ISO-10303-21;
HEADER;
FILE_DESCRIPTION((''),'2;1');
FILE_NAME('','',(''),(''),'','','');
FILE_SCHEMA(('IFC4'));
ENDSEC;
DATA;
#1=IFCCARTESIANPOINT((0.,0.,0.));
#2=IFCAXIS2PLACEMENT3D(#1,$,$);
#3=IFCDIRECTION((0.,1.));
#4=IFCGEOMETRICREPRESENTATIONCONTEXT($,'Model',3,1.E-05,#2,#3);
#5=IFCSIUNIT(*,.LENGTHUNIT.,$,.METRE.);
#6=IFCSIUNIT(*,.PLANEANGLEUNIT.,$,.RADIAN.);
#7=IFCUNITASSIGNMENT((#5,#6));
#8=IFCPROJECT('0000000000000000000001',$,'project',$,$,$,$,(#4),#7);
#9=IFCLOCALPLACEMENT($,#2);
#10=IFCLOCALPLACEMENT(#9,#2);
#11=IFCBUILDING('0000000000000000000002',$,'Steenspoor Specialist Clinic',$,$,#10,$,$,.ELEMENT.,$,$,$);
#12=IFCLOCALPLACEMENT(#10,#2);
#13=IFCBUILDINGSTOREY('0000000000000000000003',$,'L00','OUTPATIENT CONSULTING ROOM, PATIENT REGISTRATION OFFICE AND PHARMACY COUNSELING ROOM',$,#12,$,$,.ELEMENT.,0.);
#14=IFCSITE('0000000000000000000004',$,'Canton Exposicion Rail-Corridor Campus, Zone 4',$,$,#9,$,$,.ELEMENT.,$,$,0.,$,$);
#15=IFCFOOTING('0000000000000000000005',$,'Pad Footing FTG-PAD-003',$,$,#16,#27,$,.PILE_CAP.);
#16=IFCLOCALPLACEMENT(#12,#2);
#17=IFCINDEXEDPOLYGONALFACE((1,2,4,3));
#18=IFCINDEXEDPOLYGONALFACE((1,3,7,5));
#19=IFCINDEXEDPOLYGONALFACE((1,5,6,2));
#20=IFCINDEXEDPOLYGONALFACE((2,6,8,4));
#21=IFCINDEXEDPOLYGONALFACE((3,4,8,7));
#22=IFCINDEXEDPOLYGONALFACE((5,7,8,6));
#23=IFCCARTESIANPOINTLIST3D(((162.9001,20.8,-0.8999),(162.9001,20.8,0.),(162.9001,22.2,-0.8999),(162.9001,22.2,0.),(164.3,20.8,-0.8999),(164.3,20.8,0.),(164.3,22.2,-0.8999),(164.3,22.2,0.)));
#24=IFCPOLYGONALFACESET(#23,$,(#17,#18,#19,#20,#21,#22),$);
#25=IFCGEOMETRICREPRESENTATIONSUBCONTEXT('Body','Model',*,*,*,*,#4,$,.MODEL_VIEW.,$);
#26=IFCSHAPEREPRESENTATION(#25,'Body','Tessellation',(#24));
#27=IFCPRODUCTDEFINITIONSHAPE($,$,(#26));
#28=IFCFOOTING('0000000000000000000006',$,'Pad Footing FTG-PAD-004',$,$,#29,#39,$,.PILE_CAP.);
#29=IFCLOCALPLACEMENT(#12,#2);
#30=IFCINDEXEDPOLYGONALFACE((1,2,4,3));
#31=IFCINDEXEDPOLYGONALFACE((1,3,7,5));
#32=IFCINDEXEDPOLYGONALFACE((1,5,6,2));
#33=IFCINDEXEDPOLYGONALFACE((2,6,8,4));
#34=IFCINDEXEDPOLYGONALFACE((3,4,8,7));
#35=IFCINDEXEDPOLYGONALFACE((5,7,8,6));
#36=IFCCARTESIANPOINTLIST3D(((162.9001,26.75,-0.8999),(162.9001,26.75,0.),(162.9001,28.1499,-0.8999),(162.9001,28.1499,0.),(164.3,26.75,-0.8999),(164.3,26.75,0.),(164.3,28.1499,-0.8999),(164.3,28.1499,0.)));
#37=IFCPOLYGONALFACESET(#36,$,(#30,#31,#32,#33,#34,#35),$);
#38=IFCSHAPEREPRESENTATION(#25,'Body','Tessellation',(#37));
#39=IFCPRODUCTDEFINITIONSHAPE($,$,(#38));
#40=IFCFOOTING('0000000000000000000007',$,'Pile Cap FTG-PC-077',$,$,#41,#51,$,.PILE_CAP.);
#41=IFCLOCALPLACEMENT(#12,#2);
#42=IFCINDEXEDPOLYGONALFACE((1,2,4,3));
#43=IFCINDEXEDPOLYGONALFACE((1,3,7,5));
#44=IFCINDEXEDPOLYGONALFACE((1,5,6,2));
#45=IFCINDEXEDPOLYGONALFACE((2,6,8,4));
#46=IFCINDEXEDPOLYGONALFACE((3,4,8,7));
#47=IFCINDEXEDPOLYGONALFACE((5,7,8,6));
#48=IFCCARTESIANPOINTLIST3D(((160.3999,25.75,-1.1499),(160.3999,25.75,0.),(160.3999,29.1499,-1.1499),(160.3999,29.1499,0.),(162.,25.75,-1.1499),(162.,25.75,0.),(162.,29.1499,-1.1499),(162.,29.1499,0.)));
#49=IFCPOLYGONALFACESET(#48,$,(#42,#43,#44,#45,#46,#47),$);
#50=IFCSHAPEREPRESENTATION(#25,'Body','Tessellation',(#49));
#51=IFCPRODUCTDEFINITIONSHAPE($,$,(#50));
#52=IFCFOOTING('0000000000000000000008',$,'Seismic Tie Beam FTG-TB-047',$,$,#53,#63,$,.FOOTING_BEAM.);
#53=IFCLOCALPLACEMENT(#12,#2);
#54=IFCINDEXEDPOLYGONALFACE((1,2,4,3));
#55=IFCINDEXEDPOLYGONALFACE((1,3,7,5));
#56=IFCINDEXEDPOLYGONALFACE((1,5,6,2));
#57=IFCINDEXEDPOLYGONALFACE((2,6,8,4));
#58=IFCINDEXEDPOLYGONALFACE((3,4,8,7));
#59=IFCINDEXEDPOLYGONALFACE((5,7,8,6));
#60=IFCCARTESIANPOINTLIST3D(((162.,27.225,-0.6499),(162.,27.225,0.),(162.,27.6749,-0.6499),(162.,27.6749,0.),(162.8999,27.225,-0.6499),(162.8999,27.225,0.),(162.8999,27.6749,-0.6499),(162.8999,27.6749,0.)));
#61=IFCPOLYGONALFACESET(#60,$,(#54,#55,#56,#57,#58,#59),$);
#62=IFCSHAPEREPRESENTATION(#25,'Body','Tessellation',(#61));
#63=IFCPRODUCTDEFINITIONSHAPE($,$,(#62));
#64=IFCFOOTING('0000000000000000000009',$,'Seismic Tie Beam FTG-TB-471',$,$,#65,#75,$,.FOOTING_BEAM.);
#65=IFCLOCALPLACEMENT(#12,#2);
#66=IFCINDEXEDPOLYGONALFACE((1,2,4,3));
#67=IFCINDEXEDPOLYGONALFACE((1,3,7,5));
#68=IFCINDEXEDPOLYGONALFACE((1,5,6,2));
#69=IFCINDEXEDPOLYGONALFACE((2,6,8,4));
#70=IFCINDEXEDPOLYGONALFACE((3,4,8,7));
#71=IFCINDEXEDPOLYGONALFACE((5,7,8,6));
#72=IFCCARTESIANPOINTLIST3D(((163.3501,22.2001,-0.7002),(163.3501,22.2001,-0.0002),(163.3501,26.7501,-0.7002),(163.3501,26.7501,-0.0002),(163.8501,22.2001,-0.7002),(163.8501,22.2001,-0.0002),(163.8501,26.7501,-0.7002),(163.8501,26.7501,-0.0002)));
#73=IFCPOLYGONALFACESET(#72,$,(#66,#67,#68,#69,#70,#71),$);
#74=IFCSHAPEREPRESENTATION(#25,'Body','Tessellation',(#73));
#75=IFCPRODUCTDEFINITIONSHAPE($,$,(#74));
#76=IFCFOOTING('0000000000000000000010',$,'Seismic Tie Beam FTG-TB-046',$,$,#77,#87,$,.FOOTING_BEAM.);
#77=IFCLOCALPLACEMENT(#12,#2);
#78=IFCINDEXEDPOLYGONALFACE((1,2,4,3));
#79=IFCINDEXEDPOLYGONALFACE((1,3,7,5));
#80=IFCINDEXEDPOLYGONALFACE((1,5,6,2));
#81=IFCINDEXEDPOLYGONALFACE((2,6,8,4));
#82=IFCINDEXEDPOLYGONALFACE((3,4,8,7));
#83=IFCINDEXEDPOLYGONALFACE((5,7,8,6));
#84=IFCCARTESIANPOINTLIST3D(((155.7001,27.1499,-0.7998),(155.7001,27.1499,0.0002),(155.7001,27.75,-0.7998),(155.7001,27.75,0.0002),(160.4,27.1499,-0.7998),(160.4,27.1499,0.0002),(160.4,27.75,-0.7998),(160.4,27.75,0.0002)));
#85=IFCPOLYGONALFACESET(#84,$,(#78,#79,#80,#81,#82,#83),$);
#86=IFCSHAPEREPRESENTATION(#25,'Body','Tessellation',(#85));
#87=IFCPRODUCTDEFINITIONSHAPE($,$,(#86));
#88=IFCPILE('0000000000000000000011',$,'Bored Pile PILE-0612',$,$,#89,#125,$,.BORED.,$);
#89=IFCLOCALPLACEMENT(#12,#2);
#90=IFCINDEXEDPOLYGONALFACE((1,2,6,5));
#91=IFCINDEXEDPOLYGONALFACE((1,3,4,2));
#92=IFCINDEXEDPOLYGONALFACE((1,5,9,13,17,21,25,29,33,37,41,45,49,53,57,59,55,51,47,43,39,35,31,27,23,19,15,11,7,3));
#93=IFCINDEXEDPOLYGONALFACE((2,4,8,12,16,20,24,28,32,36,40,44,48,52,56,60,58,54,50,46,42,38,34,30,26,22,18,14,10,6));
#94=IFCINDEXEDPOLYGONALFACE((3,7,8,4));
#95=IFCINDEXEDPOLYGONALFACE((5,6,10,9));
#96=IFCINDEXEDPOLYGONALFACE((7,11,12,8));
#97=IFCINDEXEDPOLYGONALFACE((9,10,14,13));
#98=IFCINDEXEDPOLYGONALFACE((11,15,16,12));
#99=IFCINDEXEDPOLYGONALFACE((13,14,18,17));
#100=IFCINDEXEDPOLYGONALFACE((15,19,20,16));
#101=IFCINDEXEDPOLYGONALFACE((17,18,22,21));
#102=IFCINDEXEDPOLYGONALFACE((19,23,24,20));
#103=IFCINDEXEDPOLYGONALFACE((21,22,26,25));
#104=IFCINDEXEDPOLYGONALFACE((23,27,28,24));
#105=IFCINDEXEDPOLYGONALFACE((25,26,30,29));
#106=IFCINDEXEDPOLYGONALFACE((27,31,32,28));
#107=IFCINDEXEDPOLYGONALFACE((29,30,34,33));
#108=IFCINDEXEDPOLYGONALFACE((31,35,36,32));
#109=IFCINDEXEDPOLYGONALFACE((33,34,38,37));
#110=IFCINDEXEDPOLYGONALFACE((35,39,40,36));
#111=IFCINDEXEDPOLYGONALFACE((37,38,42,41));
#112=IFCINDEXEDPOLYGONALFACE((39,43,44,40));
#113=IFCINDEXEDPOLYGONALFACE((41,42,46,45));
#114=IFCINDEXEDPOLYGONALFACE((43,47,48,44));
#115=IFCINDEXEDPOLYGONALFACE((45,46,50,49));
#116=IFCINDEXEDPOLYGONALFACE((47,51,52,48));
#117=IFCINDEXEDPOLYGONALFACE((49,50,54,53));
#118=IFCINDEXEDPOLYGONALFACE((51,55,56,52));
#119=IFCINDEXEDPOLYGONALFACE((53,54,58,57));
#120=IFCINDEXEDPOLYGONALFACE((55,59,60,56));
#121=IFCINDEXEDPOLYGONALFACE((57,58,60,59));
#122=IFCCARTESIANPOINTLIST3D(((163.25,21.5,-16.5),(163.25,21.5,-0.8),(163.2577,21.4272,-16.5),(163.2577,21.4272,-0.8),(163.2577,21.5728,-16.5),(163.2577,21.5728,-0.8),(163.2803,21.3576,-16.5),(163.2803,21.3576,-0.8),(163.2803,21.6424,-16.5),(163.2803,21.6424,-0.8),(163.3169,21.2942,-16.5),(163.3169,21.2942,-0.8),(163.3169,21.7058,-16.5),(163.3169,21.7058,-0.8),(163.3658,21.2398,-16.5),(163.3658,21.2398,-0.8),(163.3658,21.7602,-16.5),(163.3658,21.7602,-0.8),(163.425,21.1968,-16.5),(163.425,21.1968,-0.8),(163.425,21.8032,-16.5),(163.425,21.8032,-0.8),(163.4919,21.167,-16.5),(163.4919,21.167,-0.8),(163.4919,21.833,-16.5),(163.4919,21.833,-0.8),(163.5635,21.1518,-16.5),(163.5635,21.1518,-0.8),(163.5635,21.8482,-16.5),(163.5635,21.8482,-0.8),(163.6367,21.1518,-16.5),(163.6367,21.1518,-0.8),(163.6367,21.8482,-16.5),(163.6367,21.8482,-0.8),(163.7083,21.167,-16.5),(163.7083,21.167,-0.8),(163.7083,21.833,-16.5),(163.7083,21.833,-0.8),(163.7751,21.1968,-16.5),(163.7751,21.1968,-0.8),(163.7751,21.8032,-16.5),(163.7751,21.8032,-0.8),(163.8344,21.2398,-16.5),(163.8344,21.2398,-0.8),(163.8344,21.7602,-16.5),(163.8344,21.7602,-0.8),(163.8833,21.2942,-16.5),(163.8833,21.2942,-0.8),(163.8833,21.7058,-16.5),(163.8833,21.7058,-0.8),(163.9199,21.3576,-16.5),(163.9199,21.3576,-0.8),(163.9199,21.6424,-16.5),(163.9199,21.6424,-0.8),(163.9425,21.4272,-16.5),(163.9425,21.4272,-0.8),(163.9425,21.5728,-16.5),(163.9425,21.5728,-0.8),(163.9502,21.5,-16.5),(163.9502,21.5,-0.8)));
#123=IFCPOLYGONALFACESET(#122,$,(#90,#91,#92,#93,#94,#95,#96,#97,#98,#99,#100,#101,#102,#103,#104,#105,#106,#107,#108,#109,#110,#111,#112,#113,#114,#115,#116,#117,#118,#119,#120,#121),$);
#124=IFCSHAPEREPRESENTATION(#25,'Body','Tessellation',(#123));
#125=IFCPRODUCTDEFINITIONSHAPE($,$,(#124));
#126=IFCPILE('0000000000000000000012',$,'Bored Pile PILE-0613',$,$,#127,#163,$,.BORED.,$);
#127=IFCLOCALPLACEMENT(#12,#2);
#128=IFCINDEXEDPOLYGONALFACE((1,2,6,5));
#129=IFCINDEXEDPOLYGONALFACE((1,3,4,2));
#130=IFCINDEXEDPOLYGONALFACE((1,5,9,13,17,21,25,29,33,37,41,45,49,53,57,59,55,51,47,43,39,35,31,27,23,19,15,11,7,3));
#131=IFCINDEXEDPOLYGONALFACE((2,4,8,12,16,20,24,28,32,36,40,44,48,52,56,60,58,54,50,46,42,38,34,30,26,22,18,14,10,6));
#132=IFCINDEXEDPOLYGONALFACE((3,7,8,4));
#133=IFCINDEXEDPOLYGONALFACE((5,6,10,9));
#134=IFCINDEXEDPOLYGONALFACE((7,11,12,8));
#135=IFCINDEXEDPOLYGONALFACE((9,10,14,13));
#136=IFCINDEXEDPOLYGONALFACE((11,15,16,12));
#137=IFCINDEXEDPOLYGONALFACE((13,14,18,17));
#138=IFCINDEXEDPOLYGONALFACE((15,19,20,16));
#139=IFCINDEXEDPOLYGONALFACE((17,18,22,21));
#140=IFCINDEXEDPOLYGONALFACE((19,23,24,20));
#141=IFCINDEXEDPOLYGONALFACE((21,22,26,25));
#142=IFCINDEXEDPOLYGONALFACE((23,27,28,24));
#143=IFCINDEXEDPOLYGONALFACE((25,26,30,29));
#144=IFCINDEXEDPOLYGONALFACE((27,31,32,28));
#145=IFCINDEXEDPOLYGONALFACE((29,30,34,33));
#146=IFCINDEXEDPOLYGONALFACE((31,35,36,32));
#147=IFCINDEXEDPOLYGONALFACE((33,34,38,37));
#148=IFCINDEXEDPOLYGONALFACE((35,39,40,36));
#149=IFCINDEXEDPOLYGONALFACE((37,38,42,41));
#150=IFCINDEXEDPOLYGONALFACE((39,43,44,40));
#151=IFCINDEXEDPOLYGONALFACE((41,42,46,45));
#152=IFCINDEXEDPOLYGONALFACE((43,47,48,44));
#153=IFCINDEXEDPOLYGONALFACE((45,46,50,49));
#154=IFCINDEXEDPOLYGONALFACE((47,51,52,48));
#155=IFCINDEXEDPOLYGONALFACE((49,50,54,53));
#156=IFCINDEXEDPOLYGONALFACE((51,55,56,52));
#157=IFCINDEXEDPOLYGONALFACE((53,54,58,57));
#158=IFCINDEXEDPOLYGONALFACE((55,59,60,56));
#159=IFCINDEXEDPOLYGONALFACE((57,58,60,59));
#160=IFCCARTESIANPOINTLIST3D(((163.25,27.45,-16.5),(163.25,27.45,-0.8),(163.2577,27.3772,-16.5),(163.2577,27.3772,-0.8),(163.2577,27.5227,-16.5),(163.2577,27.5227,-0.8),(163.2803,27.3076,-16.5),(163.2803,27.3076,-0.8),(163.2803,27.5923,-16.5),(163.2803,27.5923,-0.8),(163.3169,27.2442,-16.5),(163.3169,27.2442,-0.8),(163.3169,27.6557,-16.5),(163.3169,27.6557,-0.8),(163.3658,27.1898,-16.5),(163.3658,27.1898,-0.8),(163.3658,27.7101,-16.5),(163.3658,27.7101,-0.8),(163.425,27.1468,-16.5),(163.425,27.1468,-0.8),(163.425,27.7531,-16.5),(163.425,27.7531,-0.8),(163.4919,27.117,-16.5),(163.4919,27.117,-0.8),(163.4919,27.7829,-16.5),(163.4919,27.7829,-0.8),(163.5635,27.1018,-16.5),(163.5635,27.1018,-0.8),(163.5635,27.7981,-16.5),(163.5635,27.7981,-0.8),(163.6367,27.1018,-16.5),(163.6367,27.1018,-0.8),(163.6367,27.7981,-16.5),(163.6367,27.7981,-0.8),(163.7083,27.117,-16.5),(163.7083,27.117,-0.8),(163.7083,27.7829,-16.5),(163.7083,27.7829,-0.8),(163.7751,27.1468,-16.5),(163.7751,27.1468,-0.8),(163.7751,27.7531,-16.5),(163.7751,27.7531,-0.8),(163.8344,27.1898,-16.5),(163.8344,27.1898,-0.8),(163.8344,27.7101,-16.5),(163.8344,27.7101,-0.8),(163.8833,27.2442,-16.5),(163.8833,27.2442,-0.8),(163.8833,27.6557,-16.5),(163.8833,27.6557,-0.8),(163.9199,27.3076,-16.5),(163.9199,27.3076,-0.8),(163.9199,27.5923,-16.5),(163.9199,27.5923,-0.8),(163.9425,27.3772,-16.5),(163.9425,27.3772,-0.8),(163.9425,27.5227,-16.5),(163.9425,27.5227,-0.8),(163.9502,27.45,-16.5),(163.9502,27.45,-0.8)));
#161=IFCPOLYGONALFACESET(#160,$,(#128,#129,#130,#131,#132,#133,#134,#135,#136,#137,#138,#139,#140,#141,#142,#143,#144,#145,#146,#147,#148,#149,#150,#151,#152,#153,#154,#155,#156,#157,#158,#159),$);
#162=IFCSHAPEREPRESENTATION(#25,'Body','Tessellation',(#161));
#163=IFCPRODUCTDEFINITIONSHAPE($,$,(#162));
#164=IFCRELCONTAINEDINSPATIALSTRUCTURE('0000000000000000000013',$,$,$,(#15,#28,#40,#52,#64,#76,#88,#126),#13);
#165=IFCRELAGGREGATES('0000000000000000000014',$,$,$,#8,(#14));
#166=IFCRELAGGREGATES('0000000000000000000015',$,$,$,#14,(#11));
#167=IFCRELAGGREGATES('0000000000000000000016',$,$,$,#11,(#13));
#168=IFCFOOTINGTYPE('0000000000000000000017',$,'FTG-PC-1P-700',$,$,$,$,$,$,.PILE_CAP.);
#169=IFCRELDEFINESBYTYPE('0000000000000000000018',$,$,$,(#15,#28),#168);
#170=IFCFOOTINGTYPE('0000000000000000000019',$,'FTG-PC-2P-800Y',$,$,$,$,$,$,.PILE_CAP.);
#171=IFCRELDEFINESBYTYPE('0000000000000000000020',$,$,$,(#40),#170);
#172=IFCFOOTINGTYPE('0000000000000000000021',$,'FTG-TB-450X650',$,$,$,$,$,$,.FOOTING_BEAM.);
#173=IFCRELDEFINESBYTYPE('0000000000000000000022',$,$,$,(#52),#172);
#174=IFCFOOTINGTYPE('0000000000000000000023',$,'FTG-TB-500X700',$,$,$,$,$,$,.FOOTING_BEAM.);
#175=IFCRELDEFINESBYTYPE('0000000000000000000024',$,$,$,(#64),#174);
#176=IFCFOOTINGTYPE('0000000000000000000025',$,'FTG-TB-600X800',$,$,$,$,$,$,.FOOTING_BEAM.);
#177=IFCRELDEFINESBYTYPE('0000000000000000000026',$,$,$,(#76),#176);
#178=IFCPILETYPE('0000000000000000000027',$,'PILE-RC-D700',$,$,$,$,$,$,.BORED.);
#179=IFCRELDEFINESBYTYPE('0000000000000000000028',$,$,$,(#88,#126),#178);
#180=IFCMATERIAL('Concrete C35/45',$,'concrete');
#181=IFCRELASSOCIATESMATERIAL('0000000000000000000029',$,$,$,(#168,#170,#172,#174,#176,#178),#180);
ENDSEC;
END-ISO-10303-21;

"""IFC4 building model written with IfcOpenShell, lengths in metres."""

from ifc_helpers import new_model, si_unit, direction, frame, origin, origin_2d, place, context, subcontext, project, spatial, rectangle, circle, extrude, material, material_profile, profile_set, type_object, element, save


model = new_model("IFC4")

# Units and contexts
model_context = context("Model", 3, precision=1e-05, world=origin(), true_north=direction((0.0, 1.0)))
body_context = subcontext(model_context, "Body", "Model", "MODEL_VIEW")
ifc_project = project(units=[si_unit("LENGTHUNIT", "METRE"), si_unit("PLANEANGLEUNIT", "RADIAN")], contexts=[model_context])

# Site, building, storey
site_placement = place(None, origin())
site = spatial("IfcSite", under=ifc_project, at=site_placement, Name="Canton Exposicion Rail-Corridor Campus, Zone 4", CompositionType="ELEMENT", RefElevation=0.0)
building_placement = place(site_placement, origin())
building = spatial("IfcBuilding", under=site, at=building_placement, Name="Steenspoor Specialist Clinic", CompositionType="ELEMENT")
storey_placement = place(building_placement, origin())
storey = spatial("IfcBuildingStorey", under=building, at=storey_placement, Name="L00", Description="OUTPATIENT CONSULTING ROOM, PATIENT REGISTRATION OFFICE AND PHARMACY COUNSELING ROOM", CompositionType="ELEMENT", Elevation=0.0)

# Footings
ifc_material_1 = material(Name="Concrete C35/45", Category="concrete")
footing_type_1 = type_object("IfcFootingType", Name="FTG-PC-1P-700", PredefinedType="PILE_CAP", material=ifc_material_1)
for number, where, z_axis, x_axis, name in (
    (1, (163.6001, 21.5, -0.8999), (0.0, 0.0, 1.0), (1.0, 0.0, 0.0), "Pad Footing FTG-PAD-003"),
    (2, (163.6001, 27.45, -0.8999), (0.0, 0.0, 1.0), (1.0, 0.0, 0.0), "Pad Footing FTG-PAD-004"),
):
    element("IfcFooting", number, at=place(storey_placement, frame(where, z_axis=z_axis, x_axis=x_axis)), inside=storey, type_object=footing_type_1, Name=name, PredefinedType="PILE_CAP", context=body_context, shape_type="SweptSolid", body=[
        extrude(rectangle(XDim=1.3999, YDim=1.3999, at=origin_2d()), origin(), (0.0, 0.0, 1.0), 0.8999),
    ])
footing_type_2 = type_object("IfcFootingType", Name="FTG-PC-2P-800Y", PredefinedType="PILE_CAP", material=ifc_material_1)
footing_1_placement = place(storey_placement, frame((161.2, 27.45, -1.1499), z_axis=(0.0, 0.0, 1.0), x_axis=(1.0, 0.0, 0.0)))
element("IfcFooting", 3, at=footing_1_placement, inside=storey, type_object=footing_type_2, Name="Pile Cap FTG-PC-077", PredefinedType="PILE_CAP", context=body_context, shape_type="SweptSolid", body=[
    extrude(rectangle(XDim=1.6001, YDim=3.3999, at=origin_2d()), origin(), (0.0, 0.0, 1.0), 1.1499),
])
footing_type_3 = type_object("IfcFootingType", Name="FTG-TB-450X650", PredefinedType="FOOTING_BEAM", material=ifc_material_1)
footing_2_placement = place(storey_placement, frame((162.45, 27.45, -0.6499), z_axis=(0.0, 0.0, 1.0), x_axis=(1.0, 0.0, 0.0)))
element("IfcFooting", 4, at=footing_2_placement, inside=storey, type_object=footing_type_3, Name="Seismic Tie Beam FTG-TB-047", PredefinedType="FOOTING_BEAM", context=body_context, shape_type="SweptSolid", body=[
    extrude(rectangle(XDim=0.8999, YDim=0.45, at=origin_2d()), origin(), (0.0, 0.0, 1.0), 0.6499),
])
footing_type_4 = type_object("IfcFootingType", Name="FTG-TB-500X700", PredefinedType="FOOTING_BEAM", material=ifc_material_1)
footing_3_placement = place(storey_placement, frame((163.6001, 24.4751, -0.7002), z_axis=(0.0, 0.0, 1.0), x_axis=(1.0, 0.0, 0.0)))
element("IfcFooting", 5, at=footing_3_placement, inside=storey, type_object=footing_type_4, Name="Seismic Tie Beam FTG-TB-471", PredefinedType="FOOTING_BEAM", context=body_context, shape_type="SweptSolid", body=[
    extrude(rectangle(XDim=0.5, YDim=4.55, at=origin_2d()), origin(), (0.0, 0.0, 1.0), 0.7),
])
footing_type_5 = type_object("IfcFootingType", Name="FTG-TB-600X800", PredefinedType="FOOTING_BEAM", material=ifc_material_1)
footing_4_placement = place(storey_placement, frame((158.05, 27.45, -0.7998), z_axis=(0.0, 0.0, 1.0), x_axis=(1.0, 0.0, 0.0)))
element("IfcFooting", 6, at=footing_4_placement, inside=storey, type_object=footing_type_5, Name="Seismic Tie Beam FTG-TB-046", PredefinedType="FOOTING_BEAM", context=body_context, shape_type="SweptSolid", body=[
    extrude(rectangle(XDim=4.7, YDim=0.6001, at=origin_2d()), origin(), (0.0, 0.0, 1.0), 0.8),
])

# Piles
ifc_material_profile_1 = material_profile(ifc_material_1, circle(Radius=0.3501, at=origin_2d()), Name="PILE-D700")
ifc_profile_set_1 = profile_set([ifc_material_profile_1], Name="Concrete C35/45")
pile_type_1 = type_object("IfcPileType", Name="PILE-RC-D700", PredefinedType="BORED", material=ifc_profile_set_1)
for number, where, z_axis, x_axis, name in (
    (7, (163.6001, 21.5, -0.8), (0.0, 0.0, -1.0), (1.0, 0.0, 0.0), "Bored Pile PILE-0612"),
    (8, (163.6001, 27.45, -0.8), (0.0, 0.0, -1.0), (1.0, 0.0, 0.0), "Bored Pile PILE-0613"),
):
    element("IfcPile", number, at=place(storey_placement, frame(where, z_axis=z_axis, x_axis=x_axis)), inside=storey, type_object=pile_type_1, Name=name, PredefinedType="BORED", context=body_context, shape_type="SweptSolid", body=[
        extrude(circle(Radius=0.3501, at=origin_2d()), origin(), (0.0, 0.0, 1.0), 15.7),
    ])

save(model, "model.ifc")
